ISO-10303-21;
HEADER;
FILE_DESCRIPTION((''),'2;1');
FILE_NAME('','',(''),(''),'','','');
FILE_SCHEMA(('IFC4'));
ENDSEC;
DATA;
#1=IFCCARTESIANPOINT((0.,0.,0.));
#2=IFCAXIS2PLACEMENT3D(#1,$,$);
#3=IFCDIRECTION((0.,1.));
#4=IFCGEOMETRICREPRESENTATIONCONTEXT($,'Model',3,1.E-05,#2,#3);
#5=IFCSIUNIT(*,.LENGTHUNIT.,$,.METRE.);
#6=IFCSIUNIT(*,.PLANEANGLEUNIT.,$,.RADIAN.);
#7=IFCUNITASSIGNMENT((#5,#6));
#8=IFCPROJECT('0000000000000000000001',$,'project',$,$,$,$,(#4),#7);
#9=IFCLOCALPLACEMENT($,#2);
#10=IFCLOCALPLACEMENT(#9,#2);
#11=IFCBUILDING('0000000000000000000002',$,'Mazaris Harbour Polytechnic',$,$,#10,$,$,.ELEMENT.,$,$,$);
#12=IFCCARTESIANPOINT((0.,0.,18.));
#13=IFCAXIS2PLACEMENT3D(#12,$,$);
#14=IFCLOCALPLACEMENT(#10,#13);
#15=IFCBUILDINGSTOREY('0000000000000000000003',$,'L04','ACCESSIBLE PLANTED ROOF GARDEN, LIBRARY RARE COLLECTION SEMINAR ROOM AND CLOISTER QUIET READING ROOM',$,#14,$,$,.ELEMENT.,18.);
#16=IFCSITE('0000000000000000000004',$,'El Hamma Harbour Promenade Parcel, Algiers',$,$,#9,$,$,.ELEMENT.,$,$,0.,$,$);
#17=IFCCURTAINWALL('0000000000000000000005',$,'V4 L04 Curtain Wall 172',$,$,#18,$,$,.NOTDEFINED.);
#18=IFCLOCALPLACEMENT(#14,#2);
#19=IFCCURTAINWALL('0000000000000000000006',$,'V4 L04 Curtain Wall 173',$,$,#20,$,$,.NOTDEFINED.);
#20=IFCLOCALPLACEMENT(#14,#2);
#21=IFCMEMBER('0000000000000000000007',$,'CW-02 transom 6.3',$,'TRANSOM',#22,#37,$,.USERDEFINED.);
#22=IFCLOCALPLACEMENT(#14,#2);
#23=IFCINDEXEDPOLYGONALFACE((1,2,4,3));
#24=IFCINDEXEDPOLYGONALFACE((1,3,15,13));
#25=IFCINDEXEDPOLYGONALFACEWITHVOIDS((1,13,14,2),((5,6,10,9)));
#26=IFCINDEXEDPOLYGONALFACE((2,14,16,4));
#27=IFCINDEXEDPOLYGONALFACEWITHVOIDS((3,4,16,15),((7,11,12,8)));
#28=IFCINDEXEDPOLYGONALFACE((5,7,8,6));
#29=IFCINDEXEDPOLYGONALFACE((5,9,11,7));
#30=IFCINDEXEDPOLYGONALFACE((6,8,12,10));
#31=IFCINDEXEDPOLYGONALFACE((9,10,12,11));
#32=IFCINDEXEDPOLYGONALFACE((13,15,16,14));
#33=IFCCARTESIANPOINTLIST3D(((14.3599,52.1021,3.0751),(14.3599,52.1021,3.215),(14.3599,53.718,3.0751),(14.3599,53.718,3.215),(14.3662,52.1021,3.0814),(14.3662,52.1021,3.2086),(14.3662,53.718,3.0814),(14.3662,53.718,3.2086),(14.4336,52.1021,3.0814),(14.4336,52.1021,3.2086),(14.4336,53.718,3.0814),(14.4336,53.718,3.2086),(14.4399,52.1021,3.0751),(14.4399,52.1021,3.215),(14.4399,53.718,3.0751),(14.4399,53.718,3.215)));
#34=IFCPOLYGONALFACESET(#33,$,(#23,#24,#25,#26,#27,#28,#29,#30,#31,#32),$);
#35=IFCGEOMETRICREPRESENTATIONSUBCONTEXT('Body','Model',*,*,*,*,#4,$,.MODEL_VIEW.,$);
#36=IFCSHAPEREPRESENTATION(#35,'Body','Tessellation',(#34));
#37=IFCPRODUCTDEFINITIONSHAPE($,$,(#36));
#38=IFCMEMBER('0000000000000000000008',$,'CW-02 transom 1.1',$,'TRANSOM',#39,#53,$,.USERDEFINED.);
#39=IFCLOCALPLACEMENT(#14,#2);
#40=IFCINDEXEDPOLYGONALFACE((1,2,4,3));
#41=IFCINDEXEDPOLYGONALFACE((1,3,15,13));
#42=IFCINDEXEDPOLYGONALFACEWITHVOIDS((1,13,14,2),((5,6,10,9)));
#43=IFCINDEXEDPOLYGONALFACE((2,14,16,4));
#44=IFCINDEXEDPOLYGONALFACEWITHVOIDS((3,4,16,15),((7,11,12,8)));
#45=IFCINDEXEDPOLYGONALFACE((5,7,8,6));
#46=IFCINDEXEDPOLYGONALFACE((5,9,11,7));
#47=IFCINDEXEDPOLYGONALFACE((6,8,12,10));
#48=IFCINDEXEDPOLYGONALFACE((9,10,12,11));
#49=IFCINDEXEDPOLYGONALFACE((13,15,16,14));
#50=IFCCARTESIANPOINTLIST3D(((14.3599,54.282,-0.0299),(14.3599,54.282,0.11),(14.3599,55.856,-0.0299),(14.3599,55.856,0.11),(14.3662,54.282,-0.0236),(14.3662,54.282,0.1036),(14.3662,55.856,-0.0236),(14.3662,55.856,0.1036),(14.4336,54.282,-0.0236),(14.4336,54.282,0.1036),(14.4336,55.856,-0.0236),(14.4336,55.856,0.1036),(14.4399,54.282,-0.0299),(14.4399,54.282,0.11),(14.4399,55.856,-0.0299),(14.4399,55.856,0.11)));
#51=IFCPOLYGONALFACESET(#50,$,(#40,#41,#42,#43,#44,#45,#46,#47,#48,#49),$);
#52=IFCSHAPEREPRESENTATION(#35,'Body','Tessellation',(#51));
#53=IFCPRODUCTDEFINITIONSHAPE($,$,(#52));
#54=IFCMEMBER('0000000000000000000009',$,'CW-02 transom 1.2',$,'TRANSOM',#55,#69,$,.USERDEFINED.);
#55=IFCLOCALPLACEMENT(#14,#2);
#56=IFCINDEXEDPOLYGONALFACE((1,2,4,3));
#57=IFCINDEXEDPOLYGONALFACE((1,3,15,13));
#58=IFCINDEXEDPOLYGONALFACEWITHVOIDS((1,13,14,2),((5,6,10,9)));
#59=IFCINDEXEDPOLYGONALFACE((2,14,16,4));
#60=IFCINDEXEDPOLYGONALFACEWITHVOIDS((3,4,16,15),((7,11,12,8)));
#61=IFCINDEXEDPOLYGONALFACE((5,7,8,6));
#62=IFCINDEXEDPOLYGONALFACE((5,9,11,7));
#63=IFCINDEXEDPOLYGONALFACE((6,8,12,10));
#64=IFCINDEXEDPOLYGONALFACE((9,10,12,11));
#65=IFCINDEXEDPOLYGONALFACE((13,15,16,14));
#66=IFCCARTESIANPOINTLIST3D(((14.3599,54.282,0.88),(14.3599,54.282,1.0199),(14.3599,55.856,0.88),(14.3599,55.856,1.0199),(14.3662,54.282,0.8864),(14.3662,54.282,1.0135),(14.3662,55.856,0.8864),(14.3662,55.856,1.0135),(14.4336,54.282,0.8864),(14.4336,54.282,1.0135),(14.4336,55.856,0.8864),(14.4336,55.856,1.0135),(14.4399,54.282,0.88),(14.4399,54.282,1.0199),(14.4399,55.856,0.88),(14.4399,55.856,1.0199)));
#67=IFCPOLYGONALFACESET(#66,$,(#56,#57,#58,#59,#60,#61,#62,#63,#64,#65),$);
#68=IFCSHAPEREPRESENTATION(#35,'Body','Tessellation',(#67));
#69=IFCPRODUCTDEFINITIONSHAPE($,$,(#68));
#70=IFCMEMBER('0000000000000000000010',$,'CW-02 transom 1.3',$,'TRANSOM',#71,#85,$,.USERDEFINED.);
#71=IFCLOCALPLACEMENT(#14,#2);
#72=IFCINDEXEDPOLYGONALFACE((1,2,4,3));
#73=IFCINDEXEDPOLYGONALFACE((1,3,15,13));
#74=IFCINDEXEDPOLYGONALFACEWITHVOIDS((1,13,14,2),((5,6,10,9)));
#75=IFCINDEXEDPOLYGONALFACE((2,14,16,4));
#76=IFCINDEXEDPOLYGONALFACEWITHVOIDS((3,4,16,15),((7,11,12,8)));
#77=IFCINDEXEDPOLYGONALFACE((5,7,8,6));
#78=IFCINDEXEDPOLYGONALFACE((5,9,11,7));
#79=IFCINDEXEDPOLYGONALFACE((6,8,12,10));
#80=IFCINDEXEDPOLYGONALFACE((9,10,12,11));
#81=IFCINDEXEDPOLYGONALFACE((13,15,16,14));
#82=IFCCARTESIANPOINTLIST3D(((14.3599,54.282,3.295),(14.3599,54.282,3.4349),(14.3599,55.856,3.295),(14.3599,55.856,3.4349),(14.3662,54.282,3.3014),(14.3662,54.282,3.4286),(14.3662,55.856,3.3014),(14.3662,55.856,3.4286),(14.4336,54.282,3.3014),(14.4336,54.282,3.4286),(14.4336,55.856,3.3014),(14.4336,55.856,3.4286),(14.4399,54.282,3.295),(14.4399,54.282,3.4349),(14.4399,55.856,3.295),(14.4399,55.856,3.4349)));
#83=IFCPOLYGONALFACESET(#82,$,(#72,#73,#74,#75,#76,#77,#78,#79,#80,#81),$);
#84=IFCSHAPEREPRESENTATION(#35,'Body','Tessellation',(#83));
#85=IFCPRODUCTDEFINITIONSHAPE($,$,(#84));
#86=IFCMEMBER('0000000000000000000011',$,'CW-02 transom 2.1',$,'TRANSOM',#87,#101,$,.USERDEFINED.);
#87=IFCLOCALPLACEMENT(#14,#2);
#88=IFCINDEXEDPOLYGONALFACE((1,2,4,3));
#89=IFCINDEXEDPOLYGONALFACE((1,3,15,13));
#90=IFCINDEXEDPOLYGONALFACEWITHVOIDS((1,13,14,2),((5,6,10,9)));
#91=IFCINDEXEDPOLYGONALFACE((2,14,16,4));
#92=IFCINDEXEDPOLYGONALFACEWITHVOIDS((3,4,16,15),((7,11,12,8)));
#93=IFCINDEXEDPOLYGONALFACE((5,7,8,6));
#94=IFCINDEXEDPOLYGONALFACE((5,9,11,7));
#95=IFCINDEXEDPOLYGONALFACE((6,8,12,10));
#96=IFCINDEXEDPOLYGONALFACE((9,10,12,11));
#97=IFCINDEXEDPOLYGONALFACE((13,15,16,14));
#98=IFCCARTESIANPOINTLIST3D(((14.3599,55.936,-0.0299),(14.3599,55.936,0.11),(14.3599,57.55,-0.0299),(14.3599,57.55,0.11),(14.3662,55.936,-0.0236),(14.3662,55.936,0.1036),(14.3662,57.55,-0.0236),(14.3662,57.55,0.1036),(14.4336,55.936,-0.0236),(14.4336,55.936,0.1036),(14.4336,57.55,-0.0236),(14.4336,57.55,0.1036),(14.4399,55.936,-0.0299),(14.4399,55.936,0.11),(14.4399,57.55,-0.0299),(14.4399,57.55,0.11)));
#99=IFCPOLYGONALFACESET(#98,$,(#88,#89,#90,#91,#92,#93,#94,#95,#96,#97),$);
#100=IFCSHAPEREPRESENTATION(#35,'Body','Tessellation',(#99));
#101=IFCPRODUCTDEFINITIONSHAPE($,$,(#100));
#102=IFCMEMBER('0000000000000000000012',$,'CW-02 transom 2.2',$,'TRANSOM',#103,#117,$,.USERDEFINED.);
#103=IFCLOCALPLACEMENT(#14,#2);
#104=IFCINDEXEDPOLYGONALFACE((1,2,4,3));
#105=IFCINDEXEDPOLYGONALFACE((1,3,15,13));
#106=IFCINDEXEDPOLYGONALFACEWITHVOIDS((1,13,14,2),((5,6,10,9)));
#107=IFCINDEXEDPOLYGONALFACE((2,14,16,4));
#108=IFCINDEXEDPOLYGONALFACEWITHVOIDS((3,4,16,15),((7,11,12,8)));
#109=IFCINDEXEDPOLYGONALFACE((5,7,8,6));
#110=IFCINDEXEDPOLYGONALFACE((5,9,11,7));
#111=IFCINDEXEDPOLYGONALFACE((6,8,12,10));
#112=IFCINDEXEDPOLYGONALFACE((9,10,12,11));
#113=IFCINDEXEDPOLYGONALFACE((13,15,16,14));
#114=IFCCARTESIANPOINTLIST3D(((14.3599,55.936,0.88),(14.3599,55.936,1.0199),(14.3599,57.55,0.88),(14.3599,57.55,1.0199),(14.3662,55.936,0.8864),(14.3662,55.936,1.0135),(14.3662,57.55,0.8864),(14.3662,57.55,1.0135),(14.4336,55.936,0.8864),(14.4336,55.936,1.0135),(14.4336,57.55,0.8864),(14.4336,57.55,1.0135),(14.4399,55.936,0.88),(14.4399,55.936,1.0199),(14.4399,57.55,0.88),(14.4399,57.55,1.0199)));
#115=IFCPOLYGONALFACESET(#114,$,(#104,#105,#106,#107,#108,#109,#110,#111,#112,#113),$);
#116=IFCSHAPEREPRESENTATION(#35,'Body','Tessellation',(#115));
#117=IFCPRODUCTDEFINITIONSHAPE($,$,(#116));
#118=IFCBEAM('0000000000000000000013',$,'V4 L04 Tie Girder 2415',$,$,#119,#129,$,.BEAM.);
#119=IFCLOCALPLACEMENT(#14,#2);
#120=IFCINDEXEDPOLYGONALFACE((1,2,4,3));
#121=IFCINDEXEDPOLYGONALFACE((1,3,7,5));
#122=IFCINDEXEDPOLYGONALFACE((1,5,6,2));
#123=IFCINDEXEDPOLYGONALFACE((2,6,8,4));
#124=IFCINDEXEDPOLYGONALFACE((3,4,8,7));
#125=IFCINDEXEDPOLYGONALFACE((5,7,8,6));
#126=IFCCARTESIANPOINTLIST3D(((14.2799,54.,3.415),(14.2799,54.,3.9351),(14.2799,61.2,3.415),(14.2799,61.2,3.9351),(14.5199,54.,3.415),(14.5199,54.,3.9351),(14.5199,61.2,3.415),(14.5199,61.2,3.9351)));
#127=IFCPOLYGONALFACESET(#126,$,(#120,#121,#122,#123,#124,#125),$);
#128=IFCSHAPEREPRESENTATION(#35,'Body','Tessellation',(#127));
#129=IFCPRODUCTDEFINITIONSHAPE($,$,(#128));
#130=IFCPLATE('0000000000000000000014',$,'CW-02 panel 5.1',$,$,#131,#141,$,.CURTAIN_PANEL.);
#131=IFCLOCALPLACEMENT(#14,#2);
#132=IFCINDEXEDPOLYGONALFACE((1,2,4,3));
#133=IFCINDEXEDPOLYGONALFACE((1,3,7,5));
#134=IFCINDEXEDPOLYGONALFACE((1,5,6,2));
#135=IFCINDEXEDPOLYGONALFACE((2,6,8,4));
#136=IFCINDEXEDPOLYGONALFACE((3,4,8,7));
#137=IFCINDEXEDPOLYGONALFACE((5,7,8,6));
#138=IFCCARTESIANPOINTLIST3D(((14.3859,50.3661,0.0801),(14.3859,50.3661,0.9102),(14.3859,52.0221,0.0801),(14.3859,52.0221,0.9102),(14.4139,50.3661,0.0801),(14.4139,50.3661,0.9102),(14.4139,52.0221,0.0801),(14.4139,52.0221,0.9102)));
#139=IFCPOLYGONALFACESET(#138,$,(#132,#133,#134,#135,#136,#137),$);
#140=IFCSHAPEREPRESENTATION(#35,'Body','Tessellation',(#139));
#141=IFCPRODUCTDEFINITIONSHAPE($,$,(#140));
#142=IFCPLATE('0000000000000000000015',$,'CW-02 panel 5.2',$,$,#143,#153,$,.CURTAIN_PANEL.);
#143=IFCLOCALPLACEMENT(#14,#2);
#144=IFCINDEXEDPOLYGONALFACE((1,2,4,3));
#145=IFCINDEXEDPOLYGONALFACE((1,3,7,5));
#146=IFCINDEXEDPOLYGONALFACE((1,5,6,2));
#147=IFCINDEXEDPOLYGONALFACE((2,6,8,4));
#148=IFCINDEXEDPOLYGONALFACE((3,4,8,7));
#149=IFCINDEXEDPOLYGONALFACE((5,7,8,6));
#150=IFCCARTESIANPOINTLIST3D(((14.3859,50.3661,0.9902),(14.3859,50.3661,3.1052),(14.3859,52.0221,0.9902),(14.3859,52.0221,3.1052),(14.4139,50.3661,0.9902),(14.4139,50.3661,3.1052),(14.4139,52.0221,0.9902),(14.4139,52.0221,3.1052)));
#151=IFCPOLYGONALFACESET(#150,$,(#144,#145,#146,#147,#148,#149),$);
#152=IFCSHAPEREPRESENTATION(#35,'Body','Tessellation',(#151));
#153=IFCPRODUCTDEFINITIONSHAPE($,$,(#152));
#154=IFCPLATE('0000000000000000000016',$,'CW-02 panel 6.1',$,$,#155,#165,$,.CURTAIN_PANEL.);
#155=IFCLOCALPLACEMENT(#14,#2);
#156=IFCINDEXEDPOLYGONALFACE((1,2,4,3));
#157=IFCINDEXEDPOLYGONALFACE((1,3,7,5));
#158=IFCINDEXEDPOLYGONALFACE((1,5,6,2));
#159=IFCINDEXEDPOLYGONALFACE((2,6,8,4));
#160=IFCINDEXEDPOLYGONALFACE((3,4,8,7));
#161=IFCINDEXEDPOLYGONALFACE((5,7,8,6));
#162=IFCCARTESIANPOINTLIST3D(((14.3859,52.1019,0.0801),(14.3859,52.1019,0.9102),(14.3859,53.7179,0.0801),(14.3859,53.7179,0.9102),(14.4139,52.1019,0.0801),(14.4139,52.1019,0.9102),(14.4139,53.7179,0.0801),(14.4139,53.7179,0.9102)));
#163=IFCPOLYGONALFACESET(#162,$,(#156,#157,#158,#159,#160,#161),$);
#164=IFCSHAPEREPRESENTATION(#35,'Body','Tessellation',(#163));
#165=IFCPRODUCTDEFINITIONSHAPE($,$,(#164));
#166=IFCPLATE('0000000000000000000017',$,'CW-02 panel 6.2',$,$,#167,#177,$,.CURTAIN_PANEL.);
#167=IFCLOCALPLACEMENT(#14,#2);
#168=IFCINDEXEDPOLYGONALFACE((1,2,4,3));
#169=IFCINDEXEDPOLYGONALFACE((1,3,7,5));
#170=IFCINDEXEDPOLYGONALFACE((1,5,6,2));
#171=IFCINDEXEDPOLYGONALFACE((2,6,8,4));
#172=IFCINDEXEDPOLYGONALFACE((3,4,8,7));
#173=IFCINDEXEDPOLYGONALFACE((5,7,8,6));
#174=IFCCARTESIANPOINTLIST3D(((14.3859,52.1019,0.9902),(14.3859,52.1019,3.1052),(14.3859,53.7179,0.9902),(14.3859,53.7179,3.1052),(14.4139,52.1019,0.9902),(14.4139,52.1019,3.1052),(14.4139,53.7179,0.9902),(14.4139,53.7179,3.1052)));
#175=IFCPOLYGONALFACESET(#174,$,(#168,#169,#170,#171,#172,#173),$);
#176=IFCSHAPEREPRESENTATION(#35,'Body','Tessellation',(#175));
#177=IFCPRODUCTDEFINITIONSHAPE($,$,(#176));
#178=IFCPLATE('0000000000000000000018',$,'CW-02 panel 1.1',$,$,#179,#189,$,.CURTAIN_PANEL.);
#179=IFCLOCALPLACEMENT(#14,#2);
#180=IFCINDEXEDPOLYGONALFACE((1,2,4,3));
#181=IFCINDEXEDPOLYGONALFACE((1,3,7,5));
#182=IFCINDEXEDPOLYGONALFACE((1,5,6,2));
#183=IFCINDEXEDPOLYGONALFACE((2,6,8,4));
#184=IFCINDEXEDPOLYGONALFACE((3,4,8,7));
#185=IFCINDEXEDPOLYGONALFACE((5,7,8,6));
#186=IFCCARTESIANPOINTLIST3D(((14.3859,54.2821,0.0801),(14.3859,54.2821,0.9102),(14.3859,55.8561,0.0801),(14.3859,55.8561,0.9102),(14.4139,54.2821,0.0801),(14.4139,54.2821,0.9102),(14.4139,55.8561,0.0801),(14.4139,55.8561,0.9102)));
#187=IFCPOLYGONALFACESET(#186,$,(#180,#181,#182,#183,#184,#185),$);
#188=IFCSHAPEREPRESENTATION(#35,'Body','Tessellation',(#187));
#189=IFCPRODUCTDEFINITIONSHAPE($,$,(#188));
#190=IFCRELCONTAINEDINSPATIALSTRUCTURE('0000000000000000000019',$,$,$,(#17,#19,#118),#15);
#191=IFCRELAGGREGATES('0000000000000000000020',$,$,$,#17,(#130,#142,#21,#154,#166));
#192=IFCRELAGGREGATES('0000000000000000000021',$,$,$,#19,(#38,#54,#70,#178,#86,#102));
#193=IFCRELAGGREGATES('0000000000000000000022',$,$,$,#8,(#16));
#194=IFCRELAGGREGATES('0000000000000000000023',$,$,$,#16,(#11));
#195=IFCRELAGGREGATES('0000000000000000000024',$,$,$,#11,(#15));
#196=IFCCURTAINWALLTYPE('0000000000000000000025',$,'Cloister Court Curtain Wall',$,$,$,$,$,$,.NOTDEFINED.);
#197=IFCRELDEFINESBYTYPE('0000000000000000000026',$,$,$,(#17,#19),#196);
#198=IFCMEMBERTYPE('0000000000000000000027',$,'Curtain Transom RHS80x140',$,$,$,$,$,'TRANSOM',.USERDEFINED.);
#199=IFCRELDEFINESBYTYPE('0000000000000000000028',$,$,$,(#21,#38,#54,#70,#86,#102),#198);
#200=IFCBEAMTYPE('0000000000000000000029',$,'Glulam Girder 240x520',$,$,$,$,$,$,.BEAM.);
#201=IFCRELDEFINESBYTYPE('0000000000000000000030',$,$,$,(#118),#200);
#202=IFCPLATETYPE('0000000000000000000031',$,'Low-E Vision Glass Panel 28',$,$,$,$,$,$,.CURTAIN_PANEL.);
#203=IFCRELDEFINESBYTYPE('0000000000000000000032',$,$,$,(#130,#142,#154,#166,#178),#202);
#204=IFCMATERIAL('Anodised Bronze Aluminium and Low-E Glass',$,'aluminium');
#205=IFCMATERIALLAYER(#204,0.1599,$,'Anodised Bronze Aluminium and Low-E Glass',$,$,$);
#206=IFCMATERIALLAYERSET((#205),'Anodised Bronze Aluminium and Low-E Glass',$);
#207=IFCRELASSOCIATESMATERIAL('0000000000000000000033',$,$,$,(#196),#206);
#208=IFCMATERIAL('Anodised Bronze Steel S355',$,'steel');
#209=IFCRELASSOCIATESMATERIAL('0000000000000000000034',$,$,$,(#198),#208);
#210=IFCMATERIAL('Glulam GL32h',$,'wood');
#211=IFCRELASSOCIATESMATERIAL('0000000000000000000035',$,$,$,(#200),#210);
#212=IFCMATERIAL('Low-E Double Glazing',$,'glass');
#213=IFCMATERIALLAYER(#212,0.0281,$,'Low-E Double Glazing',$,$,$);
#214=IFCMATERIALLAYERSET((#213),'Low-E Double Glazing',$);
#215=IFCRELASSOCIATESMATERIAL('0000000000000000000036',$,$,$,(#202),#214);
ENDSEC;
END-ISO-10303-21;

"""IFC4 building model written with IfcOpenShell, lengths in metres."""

from ifc_helpers import new_model, si_unit, direction, frame, origin, origin_2d, place, context, subcontext, project, spatial, rectangle, hollow_rectangle, extrude, material, layer, layer_set, material_profile, profile_set, type_object, element, aggregate, save


model = new_model("IFC4")

# Units and contexts
model_context = context("Model", 3, precision=1e-05, world=origin(), true_north=direction((0.0, 1.0)))
body_context = subcontext(model_context, "Body", "Model", "MODEL_VIEW")
ifc_project = project(units=[si_unit("LENGTHUNIT", "METRE"), si_unit("PLANEANGLEUNIT", "RADIAN")], contexts=[model_context])

# Site, building, storey
site_placement = place(None, origin())
site = spatial("IfcSite", under=ifc_project, at=site_placement, Name="El Hamma Harbour Promenade Parcel, Algiers", CompositionType="ELEMENT", RefElevation=0.0)
building_placement = place(site_placement, origin())
building = spatial("IfcBuilding", under=site, at=building_placement, Name="Mazaris Harbour Polytechnic", CompositionType="ELEMENT")
storey_placement = place(building_placement, frame((0.0, 0.0, 18.0)))
storey = spatial("IfcBuildingStorey", under=building, at=storey_placement, Name="L04", Description="ACCESSIBLE PLANTED ROOF GARDEN, LIBRARY RARE COLLECTION SEMINAR ROOM AND CLOISTER QUIET READING ROOM", CompositionType="ELEMENT", Elevation=18.0)

# Curtain walls
ifc_material_1 = material(Name="Anodised Bronze Aluminium and Low-E Glass", Category="aluminium")
ifc_layer_1 = layer(ifc_material_1, 0.1599, Name="Anodised Bronze Aluminium and Low-E Glass")
ifc_layer_set_1 = layer_set([ifc_layer_1], Name="Anodised Bronze Aluminium and Low-E Glass")
curtain_wall_type = type_object("IfcCurtainWallType", Name="Cloister Court Curtain Wall", PredefinedType="NOTDEFINED", material=ifc_layer_set_1)
curtain_wall_1_placement = place(storey_placement, origin())
curtain_wall_1 = element("IfcCurtainWall", 1, at=curtain_wall_1_placement, inside=storey, type_object=curtain_wall_type, Name="V4 L04 Curtain Wall 172", PredefinedType="NOTDEFINED")
curtain_wall_2_placement = place(storey_placement, origin())
curtain_wall_2 = element("IfcCurtainWall", 2, at=curtain_wall_2_placement, inside=storey, type_object=curtain_wall_type, Name="V4 L04 Curtain Wall 173", PredefinedType="NOTDEFINED")

# Members
ifc_material_2 = material(Name="Anodised Bronze Steel S355", Category="steel")
ifc_material_profile_1 = material_profile(ifc_material_2, hollow_rectangle(XDim=0.0801, YDim=0.1399, WallThickness=0.0063, at=origin_2d()), Name="RHS 80x140x6.3")
ifc_profile_set_1 = profile_set([ifc_material_profile_1], Name="Anodised Bronze Steel S355")
member_type_1 = type_object("IfcMemberType", Name="Curtain Transom RHS80x140", ElementType="TRANSOM", PredefinedType="USERDEFINED", material=ifc_profile_set_1)
member_1_placement = place(storey_placement, frame((14.3999, 52.1021, 3.145), z_axis=(0.0, 1.0, 0.0), x_axis=(-1.0, 0.0, 0.0)))
member_1 = element("IfcMember", 3, at=member_1_placement, type_object=member_type_1, Name="CW-02 transom 6.3", ObjectType="TRANSOM", PredefinedType="USERDEFINED", context=body_context, shape_type="SweptSolid", body=[
    extrude(hollow_rectangle(XDim=0.0801, YDim=0.1399, WallThickness=0.0063, at=origin_2d()), origin(), (0.0, 0.0, 1.0), 1.616),
])
member_2_placement = place(storey_placement, frame((14.3999, 54.282, 0.04), z_axis=(0.0, 1.0, 0.0), x_axis=(-1.0, 0.0, 0.0)))
member_2 = element("IfcMember", 4, at=member_2_placement, type_object=member_type_1, Name="CW-02 transom 1.1", ObjectType="TRANSOM", PredefinedType="USERDEFINED", context=body_context, shape_type="SweptSolid", body=[
    extrude(hollow_rectangle(XDim=0.0801, YDim=0.1399, WallThickness=0.0063, at=origin_2d()), origin(), (0.0, 0.0, 1.0), 1.574),
])
member_3_placement = place(storey_placement, frame((14.3999, 54.282, 0.95), z_axis=(0.0, 1.0, 0.0), x_axis=(-1.0, 0.0, 0.0)))
member_3 = element("IfcMember", 5, at=member_3_placement, type_object=member_type_1, Name="CW-02 transom 1.2", ObjectType="TRANSOM", PredefinedType="USERDEFINED", context=body_context, shape_type="SweptSolid", body=[
    extrude(hollow_rectangle(XDim=0.0801, YDim=0.1399, WallThickness=0.0063, at=origin_2d()), origin(), (0.0, 0.0, 1.0), 1.574),
])
member_4_placement = place(storey_placement, frame((14.3999, 54.282, 3.365), z_axis=(0.0, 1.0, 0.0), x_axis=(-1.0, 0.0, 0.0)))
member_4 = element("IfcMember", 6, at=member_4_placement, type_object=member_type_1, Name="CW-02 transom 1.3", ObjectType="TRANSOM", PredefinedType="USERDEFINED", context=body_context, shape_type="SweptSolid", body=[
    extrude(hollow_rectangle(XDim=0.0801, YDim=0.1399, WallThickness=0.0063, at=origin_2d()), origin(), (0.0, 0.0, 1.0), 1.574),
])
member_5_placement = place(storey_placement, frame((14.3999, 55.936, 0.04), z_axis=(0.0, 1.0, 0.0), x_axis=(-1.0, 0.0, 0.0)))
member_5 = element("IfcMember", 7, at=member_5_placement, type_object=member_type_1, Name="CW-02 transom 2.1", ObjectType="TRANSOM", PredefinedType="USERDEFINED", context=body_context, shape_type="SweptSolid", body=[
    extrude(hollow_rectangle(XDim=0.0801, YDim=0.1399, WallThickness=0.0063, at=origin_2d()), origin(), (0.0, 0.0, 1.0), 1.614),
])
member_6_placement = place(storey_placement, frame((14.3999, 55.936, 0.95), z_axis=(0.0, 1.0, 0.0), x_axis=(-1.0, 0.0, 0.0)))
member_6 = element("IfcMember", 8, at=member_6_placement, type_object=member_type_1, Name="CW-02 transom 2.2", ObjectType="TRANSOM", PredefinedType="USERDEFINED", context=body_context, shape_type="SweptSolid", body=[
    extrude(hollow_rectangle(XDim=0.0801, YDim=0.1399, WallThickness=0.0063, at=origin_2d()), origin(), (0.0, 0.0, 1.0), 1.614),
])

# Beam
ifc_material_3 = material(Name="Glulam GL32h", Category="wood")
ifc_material_profile_2 = material_profile(ifc_material_3, rectangle(XDim=0.24, YDim=0.52, at=origin_2d()), Name="RECT240x520")
ifc_profile_set_2 = profile_set([ifc_material_profile_2], Name="Glulam GL32h")
beam_type = type_object("IfcBeamType", Name="Glulam Girder 240x520", PredefinedType="BEAM", material=ifc_profile_set_2)
beam_placement = place(storey_placement, frame((14.3999, 54.0, 3.675), z_axis=(0.0, 1.0, 0.0), x_axis=(-1.0, 0.0, 0.0)))
element("IfcBeam", 9, at=beam_placement, inside=storey, type_object=beam_type, Name="V4 L04 Tie Girder 2415", PredefinedType="BEAM", context=body_context, shape_type="SweptSolid", body=[
    extrude(rectangle(XDim=0.24, YDim=0.52, at=origin_2d()), origin(), (0.0, 0.0, 1.0), 7.2),
])

# Plates
ifc_material_4 = material(Name="Low-E Double Glazing", Category="glass")
ifc_layer_2 = layer(ifc_material_4, 0.0281, Name="Low-E Double Glazing")
ifc_layer_set_2 = layer_set([ifc_layer_2], Name="Low-E Double Glazing")
plate_type = type_object("IfcPlateType", Name="Low-E Vision Glass Panel 28", PredefinedType="CURTAIN_PANEL", material=ifc_layer_set_2)
plate_1_placement = place(storey_placement, frame((14.3999, 51.1941, 0.0801), z_axis=(0.0, 0.0, 1.0), x_axis=(0.0, 1.0, 0.0)))
plate_1 = element("IfcPlate", 10, at=plate_1_placement, type_object=plate_type, Name="CW-02 panel 5.1", PredefinedType="CURTAIN_PANEL", context=body_context, shape_type="SweptSolid", body=[
    extrude(rectangle(XDim=1.656, YDim=0.0281, at=origin_2d()), origin(), (0.0, 0.0, 1.0), 0.8301),
])
plate_2_placement = place(storey_placement, frame((14.3999, 51.1941, 0.9902), z_axis=(0.0, 0.0, 1.0), x_axis=(0.0, 1.0, 0.0)))
plate_2 = element("IfcPlate", 11, at=plate_2_placement, type_object=plate_type, Name="CW-02 panel 5.2", PredefinedType="CURTAIN_PANEL", context=body_context, shape_type="SweptSolid", body=[
    extrude(rectangle(XDim=1.656, YDim=0.0281, at=origin_2d()), origin(), (0.0, 0.0, 1.0), 2.115),
])
plate_3_placement = place(storey_placement, frame((14.3999, 52.9099, 0.0801), z_axis=(0.0, 0.0, 1.0), x_axis=(0.0, 1.0, 0.0)))
plate_3 = element("IfcPlate", 12, at=plate_3_placement, type_object=plate_type, Name="CW-02 panel 6.1", PredefinedType="CURTAIN_PANEL", context=body_context, shape_type="SweptSolid", body=[
    extrude(rectangle(XDim=1.616, YDim=0.0281, at=origin_2d()), origin(), (0.0, 0.0, 1.0), 0.8301),
])
plate_4_placement = place(storey_placement, frame((14.3999, 52.9099, 0.9902), z_axis=(0.0, 0.0, 1.0), x_axis=(0.0, 1.0, 0.0)))
plate_4 = element("IfcPlate", 13, at=plate_4_placement, type_object=plate_type, Name="CW-02 panel 6.2", PredefinedType="CURTAIN_PANEL", context=body_context, shape_type="SweptSolid", body=[
    extrude(rectangle(XDim=1.616, YDim=0.0281, at=origin_2d()), origin(), (0.0, 0.0, 1.0), 2.115),
])
aggregate(curtain_wall_1, [plate_1, plate_2, member_1, plate_3, plate_4])
plate_5_placement = place(storey_placement, frame((14.3999, 55.0691, 0.0801), z_axis=(0.0, 0.0, 1.0), x_axis=(0.0, 1.0, 0.0)))
plate_5 = element("IfcPlate", 14, at=plate_5_placement, type_object=plate_type, Name="CW-02 panel 1.1", PredefinedType="CURTAIN_PANEL", context=body_context, shape_type="SweptSolid", body=[
    extrude(rectangle(XDim=1.574, YDim=0.0281, at=origin_2d()), origin(), (0.0, 0.0, 1.0), 0.8301),
])
aggregate(curtain_wall_2, [member_2, member_3, member_4, plate_5, member_5, member_6])

save(model, "model.ifc")
